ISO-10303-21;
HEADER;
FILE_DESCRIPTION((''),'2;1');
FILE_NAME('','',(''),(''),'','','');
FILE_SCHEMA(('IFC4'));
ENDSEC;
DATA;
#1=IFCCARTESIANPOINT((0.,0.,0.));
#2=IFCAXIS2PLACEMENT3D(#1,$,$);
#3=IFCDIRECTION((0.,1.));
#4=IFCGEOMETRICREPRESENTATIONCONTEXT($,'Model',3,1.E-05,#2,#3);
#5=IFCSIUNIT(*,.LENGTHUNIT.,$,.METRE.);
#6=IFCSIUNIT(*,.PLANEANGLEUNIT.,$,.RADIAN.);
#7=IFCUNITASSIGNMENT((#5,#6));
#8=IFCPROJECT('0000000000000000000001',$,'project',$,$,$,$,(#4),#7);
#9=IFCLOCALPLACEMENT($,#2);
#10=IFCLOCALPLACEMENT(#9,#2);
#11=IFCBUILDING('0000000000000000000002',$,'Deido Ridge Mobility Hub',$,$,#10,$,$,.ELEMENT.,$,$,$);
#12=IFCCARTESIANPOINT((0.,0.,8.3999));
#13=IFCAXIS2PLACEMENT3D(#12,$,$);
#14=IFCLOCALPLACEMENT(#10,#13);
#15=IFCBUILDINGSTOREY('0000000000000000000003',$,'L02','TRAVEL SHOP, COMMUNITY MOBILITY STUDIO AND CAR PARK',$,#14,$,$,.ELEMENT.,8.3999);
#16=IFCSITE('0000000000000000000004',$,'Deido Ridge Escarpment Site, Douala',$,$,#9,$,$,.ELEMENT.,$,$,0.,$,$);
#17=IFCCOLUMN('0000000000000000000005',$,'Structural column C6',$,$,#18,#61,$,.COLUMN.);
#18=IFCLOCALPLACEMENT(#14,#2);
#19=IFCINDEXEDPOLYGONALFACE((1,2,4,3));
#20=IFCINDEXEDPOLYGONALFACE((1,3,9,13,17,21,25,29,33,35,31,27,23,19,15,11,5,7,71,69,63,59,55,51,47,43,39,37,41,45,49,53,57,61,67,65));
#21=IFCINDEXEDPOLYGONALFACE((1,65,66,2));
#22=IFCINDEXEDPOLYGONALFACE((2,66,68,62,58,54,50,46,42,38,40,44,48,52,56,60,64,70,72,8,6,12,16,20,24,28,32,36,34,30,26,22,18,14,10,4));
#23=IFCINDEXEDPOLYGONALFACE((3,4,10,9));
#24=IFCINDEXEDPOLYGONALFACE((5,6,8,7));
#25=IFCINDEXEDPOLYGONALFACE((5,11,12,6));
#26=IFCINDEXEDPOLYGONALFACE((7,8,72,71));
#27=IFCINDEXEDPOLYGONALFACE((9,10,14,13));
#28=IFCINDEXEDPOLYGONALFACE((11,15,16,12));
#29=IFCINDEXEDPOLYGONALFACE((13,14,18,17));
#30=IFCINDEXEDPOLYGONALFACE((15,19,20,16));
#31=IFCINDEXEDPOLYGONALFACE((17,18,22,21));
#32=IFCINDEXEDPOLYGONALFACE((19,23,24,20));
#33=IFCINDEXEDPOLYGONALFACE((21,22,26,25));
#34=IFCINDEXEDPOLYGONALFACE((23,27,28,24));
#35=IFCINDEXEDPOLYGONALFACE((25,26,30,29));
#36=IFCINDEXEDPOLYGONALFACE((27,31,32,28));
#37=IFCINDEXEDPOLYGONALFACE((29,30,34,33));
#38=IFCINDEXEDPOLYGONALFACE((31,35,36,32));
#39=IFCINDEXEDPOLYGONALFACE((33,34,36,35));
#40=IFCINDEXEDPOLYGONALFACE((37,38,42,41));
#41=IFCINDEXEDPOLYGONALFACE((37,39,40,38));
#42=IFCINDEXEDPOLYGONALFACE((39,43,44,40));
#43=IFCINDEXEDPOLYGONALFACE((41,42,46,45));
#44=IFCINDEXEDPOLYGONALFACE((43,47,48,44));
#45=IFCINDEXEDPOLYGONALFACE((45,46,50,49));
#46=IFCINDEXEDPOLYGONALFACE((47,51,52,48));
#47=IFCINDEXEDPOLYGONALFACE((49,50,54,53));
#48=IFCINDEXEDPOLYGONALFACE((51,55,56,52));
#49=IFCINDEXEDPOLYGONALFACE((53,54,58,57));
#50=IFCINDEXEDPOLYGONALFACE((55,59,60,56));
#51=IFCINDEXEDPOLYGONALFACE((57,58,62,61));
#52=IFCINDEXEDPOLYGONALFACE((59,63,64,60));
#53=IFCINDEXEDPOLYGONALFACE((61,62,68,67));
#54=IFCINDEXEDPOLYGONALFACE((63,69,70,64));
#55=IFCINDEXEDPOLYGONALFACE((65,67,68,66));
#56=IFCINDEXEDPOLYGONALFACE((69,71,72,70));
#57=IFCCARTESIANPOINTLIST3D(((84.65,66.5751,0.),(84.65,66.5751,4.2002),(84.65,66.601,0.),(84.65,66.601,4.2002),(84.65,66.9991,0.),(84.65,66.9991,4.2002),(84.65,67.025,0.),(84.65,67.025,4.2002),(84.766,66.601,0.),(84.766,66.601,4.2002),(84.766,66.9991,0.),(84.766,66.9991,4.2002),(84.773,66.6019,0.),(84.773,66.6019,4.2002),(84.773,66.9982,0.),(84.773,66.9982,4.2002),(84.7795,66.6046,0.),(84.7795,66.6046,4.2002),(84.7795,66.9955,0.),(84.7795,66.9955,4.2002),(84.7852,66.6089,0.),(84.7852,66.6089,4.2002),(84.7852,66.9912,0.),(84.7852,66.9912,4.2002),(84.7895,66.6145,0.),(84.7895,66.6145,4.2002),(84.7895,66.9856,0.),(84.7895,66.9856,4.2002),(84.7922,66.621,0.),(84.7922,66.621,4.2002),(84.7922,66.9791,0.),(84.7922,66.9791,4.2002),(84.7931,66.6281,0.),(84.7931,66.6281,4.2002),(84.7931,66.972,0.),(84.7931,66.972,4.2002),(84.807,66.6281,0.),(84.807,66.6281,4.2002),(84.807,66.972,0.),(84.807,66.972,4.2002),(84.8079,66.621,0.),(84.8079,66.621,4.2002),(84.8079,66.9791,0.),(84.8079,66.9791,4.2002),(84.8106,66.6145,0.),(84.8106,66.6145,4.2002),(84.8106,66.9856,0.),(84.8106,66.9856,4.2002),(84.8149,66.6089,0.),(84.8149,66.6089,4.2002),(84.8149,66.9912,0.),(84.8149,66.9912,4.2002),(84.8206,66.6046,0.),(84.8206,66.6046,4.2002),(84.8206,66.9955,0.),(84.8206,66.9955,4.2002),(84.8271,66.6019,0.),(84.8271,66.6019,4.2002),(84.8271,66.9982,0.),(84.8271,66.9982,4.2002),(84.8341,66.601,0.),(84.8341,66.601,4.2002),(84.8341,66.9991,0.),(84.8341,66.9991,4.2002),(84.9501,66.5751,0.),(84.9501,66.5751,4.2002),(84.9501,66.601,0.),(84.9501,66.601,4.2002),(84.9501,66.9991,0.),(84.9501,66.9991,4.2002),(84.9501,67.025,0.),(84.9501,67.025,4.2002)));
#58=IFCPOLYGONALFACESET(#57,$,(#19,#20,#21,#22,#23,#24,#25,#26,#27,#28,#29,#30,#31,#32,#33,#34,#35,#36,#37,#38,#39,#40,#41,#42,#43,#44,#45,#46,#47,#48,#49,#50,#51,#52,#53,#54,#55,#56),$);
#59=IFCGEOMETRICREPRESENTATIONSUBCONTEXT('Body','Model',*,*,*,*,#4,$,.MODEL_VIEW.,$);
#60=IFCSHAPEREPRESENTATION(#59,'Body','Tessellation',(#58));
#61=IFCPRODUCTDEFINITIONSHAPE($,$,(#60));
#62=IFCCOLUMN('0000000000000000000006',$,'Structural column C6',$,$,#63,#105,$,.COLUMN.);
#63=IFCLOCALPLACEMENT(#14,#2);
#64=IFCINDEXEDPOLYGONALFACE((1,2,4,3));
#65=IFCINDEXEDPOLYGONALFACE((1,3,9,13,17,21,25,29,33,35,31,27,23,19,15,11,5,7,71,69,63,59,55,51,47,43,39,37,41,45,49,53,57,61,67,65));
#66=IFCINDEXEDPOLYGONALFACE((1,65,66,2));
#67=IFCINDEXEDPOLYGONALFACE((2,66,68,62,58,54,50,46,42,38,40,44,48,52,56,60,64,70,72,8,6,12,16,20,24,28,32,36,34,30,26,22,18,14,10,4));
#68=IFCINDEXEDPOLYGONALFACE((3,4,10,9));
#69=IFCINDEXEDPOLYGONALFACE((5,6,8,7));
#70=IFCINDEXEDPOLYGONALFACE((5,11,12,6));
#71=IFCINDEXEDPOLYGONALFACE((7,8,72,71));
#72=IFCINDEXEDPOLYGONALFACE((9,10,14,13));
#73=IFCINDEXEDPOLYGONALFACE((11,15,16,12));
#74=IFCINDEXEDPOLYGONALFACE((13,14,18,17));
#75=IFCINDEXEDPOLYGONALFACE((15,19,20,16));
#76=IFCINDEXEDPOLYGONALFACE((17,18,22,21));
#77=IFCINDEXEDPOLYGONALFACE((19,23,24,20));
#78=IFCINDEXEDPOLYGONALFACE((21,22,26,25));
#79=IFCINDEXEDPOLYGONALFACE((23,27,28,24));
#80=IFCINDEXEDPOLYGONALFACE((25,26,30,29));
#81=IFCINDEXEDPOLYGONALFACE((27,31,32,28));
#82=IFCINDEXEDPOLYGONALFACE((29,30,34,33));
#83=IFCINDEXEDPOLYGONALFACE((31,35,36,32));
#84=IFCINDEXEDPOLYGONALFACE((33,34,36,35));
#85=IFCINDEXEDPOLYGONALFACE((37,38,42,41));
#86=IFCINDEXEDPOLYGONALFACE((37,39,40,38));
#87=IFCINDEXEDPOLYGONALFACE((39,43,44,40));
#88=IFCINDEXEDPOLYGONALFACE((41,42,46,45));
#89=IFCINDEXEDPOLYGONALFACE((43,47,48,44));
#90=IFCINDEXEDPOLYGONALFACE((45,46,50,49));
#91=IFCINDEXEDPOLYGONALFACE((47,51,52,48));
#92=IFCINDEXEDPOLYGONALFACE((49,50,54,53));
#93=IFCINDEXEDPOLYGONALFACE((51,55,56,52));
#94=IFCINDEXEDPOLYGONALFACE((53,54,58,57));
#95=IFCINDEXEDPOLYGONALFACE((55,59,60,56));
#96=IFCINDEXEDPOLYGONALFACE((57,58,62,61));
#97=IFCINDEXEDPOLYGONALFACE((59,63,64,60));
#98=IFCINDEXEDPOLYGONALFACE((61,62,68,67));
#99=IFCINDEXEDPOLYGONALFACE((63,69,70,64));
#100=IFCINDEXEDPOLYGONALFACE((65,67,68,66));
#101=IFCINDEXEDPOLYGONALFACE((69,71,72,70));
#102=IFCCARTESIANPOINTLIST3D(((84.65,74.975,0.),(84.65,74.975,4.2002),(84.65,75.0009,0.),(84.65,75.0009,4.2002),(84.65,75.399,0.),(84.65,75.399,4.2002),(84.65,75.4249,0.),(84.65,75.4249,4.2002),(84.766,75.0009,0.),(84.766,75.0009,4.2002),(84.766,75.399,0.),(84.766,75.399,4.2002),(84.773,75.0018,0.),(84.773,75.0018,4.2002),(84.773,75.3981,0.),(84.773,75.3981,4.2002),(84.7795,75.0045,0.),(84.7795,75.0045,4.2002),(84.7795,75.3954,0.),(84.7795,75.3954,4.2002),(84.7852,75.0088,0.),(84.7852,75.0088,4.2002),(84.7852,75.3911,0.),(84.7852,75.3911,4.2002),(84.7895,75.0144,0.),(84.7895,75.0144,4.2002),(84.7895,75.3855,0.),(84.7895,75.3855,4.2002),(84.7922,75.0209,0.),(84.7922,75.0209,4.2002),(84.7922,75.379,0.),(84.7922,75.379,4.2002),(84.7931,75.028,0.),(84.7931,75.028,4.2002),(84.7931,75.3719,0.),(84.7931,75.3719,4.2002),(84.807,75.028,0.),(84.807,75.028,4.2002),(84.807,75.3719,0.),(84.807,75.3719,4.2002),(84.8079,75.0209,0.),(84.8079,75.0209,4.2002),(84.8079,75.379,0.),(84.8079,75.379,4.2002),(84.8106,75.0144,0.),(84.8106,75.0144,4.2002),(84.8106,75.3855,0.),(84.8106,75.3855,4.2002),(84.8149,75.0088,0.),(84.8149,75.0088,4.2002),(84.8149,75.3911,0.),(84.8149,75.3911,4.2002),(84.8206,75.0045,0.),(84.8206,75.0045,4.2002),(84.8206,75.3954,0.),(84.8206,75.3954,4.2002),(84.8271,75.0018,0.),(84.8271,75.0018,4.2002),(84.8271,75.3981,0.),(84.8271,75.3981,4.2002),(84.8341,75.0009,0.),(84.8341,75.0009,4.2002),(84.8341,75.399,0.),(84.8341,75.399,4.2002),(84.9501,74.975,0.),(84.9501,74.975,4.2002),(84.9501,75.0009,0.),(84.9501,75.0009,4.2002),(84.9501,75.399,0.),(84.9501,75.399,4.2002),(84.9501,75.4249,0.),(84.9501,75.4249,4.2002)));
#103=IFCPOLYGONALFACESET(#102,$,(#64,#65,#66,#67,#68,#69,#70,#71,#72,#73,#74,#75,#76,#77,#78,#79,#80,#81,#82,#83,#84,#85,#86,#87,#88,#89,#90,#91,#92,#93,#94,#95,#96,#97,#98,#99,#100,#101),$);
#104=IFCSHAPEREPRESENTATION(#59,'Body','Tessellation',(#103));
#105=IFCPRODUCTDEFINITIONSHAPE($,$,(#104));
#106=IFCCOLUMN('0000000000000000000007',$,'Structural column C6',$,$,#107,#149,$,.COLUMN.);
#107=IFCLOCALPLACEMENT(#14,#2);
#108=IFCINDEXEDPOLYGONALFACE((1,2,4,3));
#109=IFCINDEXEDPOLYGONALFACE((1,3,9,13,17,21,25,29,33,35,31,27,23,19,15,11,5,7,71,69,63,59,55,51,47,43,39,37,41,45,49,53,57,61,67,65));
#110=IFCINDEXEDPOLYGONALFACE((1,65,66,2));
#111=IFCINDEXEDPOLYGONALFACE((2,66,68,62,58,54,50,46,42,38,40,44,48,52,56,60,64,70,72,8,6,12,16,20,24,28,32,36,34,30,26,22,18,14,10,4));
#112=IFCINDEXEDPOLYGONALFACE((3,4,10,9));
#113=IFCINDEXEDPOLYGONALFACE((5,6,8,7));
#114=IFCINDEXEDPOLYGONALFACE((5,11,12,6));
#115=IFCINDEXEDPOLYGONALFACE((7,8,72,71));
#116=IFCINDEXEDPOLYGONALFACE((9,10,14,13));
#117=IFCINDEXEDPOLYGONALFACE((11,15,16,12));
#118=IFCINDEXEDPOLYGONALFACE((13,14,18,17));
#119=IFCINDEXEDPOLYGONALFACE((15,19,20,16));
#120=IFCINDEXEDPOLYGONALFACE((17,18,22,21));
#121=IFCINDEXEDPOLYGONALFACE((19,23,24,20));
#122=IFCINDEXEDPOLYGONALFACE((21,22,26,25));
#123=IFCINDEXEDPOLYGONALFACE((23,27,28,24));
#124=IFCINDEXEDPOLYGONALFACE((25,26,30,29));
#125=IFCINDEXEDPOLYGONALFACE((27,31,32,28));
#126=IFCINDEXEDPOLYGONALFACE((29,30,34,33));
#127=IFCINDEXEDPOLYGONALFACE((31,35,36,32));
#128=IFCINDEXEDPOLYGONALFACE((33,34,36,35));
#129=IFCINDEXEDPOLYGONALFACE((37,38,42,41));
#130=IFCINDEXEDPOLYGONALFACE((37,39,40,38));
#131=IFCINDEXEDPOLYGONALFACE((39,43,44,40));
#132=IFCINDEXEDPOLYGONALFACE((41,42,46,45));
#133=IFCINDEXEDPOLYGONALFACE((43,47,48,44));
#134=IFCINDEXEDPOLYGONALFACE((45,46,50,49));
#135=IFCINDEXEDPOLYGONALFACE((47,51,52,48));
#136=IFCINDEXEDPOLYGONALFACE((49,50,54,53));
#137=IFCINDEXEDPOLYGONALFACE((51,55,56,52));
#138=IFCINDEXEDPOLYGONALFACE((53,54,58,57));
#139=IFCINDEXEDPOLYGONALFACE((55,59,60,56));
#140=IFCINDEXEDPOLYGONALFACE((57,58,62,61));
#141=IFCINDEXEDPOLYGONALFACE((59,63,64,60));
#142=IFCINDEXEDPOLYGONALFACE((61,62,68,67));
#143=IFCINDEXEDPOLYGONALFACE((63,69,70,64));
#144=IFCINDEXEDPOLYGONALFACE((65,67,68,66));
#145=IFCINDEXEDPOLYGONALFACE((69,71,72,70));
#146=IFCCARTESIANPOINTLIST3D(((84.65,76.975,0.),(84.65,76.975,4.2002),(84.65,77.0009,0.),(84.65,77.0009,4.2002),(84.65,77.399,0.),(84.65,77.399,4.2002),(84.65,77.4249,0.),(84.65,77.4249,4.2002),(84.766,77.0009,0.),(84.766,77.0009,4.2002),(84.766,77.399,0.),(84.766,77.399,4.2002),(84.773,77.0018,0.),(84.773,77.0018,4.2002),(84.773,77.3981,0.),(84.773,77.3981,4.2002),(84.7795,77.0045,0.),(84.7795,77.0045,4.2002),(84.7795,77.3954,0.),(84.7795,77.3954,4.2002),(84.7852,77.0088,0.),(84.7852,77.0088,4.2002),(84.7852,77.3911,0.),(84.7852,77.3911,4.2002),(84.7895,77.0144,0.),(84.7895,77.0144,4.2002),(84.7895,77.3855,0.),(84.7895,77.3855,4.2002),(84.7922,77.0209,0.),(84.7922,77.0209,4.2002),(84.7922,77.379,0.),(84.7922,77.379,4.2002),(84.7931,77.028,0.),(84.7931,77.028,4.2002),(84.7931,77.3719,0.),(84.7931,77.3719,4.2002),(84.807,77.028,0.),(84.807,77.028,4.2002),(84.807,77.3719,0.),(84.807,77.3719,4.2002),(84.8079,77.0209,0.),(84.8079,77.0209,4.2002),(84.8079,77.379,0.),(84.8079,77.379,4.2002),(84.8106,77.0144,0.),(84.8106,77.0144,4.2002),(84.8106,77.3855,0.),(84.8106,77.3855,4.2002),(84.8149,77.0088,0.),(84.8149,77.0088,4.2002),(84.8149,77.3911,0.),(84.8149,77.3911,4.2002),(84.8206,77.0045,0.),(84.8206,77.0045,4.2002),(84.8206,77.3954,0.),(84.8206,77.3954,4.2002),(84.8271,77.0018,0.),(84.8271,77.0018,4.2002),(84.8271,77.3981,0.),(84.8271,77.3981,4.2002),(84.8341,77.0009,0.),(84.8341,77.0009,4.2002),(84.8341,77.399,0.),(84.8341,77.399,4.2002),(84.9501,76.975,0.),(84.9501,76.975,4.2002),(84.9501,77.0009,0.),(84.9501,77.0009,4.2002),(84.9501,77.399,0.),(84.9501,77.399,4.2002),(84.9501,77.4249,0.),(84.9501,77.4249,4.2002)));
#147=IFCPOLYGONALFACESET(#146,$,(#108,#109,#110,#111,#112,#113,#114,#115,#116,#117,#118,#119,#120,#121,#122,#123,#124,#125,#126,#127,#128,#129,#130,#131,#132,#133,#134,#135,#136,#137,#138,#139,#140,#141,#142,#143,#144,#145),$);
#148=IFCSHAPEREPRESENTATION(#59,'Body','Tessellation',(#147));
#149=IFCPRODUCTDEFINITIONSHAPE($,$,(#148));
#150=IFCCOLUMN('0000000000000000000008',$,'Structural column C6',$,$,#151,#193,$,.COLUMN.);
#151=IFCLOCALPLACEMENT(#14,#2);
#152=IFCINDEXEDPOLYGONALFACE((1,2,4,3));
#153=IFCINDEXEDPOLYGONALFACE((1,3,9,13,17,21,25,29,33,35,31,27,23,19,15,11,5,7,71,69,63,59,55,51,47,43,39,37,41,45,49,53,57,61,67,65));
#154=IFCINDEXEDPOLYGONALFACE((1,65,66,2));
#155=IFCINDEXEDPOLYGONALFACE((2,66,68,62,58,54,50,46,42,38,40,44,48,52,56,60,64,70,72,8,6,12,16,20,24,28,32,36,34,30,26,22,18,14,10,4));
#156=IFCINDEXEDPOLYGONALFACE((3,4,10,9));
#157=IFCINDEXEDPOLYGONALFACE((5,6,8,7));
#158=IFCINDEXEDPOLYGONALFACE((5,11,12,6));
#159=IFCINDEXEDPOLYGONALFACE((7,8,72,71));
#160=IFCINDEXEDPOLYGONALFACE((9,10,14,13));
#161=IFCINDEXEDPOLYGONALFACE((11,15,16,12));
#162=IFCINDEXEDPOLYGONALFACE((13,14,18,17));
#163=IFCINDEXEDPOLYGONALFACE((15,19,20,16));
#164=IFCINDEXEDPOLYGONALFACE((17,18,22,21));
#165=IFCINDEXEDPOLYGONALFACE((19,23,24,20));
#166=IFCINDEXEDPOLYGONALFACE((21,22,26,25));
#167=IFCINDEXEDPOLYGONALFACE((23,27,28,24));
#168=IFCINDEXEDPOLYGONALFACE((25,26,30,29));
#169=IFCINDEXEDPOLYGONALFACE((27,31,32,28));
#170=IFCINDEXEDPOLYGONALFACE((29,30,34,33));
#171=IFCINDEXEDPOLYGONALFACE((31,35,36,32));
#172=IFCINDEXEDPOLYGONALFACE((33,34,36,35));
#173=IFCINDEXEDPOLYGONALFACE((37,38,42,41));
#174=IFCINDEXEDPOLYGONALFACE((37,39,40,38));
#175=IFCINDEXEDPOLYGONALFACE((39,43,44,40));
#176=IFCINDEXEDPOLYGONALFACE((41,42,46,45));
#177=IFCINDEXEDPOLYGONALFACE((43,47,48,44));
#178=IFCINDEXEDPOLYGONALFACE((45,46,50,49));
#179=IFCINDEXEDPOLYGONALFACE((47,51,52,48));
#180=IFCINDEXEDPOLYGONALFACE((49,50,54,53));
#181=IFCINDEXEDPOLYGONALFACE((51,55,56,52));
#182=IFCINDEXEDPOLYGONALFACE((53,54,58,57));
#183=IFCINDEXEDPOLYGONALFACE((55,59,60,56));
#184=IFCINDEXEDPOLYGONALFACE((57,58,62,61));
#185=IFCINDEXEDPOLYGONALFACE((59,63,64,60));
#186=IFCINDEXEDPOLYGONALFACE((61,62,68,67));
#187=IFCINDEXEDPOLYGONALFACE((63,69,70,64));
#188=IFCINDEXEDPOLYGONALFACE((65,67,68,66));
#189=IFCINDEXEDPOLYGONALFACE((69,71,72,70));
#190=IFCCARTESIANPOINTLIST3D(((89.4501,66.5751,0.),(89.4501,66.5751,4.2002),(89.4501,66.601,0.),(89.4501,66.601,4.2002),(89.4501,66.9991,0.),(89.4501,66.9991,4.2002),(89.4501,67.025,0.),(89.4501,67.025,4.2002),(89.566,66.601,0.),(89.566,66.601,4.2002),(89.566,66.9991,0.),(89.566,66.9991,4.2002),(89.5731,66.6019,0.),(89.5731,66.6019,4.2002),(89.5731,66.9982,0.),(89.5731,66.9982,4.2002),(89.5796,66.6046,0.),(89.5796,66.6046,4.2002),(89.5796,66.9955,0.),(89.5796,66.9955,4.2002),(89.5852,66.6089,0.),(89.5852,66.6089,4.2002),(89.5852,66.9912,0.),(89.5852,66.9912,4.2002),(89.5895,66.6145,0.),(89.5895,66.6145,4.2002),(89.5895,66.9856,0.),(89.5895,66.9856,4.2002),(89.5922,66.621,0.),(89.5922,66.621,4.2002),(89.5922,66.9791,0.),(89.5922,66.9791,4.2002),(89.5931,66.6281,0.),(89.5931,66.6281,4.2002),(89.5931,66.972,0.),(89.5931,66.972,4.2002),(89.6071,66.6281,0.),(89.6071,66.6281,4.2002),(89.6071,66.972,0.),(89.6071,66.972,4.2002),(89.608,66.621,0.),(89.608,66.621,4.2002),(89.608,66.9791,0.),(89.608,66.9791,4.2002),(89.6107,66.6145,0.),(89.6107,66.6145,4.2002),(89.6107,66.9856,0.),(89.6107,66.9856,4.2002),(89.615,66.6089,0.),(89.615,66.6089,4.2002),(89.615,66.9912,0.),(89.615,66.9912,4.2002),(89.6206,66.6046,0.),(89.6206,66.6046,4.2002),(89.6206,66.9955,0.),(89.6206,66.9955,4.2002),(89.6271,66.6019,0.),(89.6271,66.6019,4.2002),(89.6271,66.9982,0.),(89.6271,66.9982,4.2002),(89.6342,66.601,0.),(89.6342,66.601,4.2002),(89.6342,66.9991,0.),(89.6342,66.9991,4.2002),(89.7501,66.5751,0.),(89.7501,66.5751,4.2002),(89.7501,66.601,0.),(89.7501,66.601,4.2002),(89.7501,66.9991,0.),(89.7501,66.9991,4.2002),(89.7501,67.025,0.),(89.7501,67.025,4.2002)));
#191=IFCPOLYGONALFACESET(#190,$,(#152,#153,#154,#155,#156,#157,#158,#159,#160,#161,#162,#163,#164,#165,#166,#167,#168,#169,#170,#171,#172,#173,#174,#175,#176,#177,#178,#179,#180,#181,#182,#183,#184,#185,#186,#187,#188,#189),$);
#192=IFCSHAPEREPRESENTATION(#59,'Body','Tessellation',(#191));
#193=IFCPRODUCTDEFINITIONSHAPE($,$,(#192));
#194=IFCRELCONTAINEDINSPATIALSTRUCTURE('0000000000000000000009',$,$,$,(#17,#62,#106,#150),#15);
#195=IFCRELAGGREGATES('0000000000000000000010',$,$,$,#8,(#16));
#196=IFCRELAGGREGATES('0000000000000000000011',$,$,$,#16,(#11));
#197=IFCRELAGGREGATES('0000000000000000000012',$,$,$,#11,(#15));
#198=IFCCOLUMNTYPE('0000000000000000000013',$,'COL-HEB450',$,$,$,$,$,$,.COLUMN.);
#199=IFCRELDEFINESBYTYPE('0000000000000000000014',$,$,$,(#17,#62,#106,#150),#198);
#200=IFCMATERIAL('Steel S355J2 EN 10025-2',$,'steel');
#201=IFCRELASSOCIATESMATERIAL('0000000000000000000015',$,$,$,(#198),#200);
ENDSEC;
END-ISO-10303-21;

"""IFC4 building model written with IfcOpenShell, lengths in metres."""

from ifc_helpers import new_model, si_unit, direction, frame, origin, origin_2d, place, context, subcontext, project, spatial, i_section, extrude, material, material_profile, profile_set, type_object, element, save


model = new_model("IFC4")

# Units and contexts
model_context = context("Model", 3, precision=1e-05, world=origin(), true_north=direction((0.0, 1.0)))
body_context = subcontext(model_context, "Body", "Model", "MODEL_VIEW")
ifc_project = project(units=[si_unit("LENGTHUNIT", "METRE"), si_unit("PLANEANGLEUNIT", "RADIAN")], contexts=[model_context])

# Site, building, storey
site_placement = place(None, origin())
site = spatial("IfcSite", under=ifc_project, at=site_placement, Name="Deido Ridge Escarpment Site, Douala", CompositionType="ELEMENT", RefElevation=0.0)
building_placement = place(site_placement, origin())
building = spatial("IfcBuilding", under=site, at=building_placement, Name="Deido Ridge Mobility Hub", CompositionType="ELEMENT")
storey_placement = place(building_placement, frame((0.0, 0.0, 8.3999)))
storey = spatial("IfcBuildingStorey", under=building, at=storey_placement, Name="L02", Description="TRAVEL SHOP, COMMUNITY MOBILITY STUDIO AND CAR PARK", CompositionType="ELEMENT", Elevation=8.3999)

# Columns
ifc_material_1 = material(Name="Steel S355J2 EN 10025-2", Category="steel")
ifc_material_profile_1 = material_profile(ifc_material_1, i_section(OverallWidth=0.3, OverallDepth=0.45, WebThickness=0.0139, FlangeThickness=0.0259, FilletRadius=0.0271, at=origin_2d()), Name="HEB 450")
ifc_profile_set_1 = profile_set([ifc_material_profile_1], Name="Steel S355J2 EN 10025-2")
column_type_1 = type_object("IfcColumnType", Name="COL-HEB450", PredefinedType="COLUMN", material=ifc_profile_set_1)
for number, where, z_axis, x_axis, name in (
    (1, (84.8, 66.8, 0.0), (0.0, 0.0, 1.0), (1.0, 0.0, 0.0), "Structural column C6"),
    (2, (84.8, 75.2, 0.0), (0.0, 0.0, 1.0), (1.0, 0.0, 0.0), "Structural column C6"),
    (3, (84.8, 77.2, 0.0), (0.0, 0.0, 1.0), (1.0, 0.0, 0.0), "Structural column C6"),
    (4, (89.6001, 66.8, 0.0), (0.0, 0.0, 1.0), (1.0, 0.0, 0.0), "Structural column C6"),
):
    element("IfcColumn", number, at=place(storey_placement, frame(where, z_axis=z_axis, x_axis=x_axis)), inside=storey, type_object=column_type_1, Name=name, PredefinedType="COLUMN", context=body_context, shape_type="SweptSolid", body=[
        extrude(i_section(OverallWidth=0.3, OverallDepth=0.45, WebThickness=0.0139, FlangeThickness=0.0259, FilletRadius=0.0271, at=origin_2d()), origin(), (0.0, 0.0, 1.0), 4.2002),
    ])

save(model, "model.ifc")
